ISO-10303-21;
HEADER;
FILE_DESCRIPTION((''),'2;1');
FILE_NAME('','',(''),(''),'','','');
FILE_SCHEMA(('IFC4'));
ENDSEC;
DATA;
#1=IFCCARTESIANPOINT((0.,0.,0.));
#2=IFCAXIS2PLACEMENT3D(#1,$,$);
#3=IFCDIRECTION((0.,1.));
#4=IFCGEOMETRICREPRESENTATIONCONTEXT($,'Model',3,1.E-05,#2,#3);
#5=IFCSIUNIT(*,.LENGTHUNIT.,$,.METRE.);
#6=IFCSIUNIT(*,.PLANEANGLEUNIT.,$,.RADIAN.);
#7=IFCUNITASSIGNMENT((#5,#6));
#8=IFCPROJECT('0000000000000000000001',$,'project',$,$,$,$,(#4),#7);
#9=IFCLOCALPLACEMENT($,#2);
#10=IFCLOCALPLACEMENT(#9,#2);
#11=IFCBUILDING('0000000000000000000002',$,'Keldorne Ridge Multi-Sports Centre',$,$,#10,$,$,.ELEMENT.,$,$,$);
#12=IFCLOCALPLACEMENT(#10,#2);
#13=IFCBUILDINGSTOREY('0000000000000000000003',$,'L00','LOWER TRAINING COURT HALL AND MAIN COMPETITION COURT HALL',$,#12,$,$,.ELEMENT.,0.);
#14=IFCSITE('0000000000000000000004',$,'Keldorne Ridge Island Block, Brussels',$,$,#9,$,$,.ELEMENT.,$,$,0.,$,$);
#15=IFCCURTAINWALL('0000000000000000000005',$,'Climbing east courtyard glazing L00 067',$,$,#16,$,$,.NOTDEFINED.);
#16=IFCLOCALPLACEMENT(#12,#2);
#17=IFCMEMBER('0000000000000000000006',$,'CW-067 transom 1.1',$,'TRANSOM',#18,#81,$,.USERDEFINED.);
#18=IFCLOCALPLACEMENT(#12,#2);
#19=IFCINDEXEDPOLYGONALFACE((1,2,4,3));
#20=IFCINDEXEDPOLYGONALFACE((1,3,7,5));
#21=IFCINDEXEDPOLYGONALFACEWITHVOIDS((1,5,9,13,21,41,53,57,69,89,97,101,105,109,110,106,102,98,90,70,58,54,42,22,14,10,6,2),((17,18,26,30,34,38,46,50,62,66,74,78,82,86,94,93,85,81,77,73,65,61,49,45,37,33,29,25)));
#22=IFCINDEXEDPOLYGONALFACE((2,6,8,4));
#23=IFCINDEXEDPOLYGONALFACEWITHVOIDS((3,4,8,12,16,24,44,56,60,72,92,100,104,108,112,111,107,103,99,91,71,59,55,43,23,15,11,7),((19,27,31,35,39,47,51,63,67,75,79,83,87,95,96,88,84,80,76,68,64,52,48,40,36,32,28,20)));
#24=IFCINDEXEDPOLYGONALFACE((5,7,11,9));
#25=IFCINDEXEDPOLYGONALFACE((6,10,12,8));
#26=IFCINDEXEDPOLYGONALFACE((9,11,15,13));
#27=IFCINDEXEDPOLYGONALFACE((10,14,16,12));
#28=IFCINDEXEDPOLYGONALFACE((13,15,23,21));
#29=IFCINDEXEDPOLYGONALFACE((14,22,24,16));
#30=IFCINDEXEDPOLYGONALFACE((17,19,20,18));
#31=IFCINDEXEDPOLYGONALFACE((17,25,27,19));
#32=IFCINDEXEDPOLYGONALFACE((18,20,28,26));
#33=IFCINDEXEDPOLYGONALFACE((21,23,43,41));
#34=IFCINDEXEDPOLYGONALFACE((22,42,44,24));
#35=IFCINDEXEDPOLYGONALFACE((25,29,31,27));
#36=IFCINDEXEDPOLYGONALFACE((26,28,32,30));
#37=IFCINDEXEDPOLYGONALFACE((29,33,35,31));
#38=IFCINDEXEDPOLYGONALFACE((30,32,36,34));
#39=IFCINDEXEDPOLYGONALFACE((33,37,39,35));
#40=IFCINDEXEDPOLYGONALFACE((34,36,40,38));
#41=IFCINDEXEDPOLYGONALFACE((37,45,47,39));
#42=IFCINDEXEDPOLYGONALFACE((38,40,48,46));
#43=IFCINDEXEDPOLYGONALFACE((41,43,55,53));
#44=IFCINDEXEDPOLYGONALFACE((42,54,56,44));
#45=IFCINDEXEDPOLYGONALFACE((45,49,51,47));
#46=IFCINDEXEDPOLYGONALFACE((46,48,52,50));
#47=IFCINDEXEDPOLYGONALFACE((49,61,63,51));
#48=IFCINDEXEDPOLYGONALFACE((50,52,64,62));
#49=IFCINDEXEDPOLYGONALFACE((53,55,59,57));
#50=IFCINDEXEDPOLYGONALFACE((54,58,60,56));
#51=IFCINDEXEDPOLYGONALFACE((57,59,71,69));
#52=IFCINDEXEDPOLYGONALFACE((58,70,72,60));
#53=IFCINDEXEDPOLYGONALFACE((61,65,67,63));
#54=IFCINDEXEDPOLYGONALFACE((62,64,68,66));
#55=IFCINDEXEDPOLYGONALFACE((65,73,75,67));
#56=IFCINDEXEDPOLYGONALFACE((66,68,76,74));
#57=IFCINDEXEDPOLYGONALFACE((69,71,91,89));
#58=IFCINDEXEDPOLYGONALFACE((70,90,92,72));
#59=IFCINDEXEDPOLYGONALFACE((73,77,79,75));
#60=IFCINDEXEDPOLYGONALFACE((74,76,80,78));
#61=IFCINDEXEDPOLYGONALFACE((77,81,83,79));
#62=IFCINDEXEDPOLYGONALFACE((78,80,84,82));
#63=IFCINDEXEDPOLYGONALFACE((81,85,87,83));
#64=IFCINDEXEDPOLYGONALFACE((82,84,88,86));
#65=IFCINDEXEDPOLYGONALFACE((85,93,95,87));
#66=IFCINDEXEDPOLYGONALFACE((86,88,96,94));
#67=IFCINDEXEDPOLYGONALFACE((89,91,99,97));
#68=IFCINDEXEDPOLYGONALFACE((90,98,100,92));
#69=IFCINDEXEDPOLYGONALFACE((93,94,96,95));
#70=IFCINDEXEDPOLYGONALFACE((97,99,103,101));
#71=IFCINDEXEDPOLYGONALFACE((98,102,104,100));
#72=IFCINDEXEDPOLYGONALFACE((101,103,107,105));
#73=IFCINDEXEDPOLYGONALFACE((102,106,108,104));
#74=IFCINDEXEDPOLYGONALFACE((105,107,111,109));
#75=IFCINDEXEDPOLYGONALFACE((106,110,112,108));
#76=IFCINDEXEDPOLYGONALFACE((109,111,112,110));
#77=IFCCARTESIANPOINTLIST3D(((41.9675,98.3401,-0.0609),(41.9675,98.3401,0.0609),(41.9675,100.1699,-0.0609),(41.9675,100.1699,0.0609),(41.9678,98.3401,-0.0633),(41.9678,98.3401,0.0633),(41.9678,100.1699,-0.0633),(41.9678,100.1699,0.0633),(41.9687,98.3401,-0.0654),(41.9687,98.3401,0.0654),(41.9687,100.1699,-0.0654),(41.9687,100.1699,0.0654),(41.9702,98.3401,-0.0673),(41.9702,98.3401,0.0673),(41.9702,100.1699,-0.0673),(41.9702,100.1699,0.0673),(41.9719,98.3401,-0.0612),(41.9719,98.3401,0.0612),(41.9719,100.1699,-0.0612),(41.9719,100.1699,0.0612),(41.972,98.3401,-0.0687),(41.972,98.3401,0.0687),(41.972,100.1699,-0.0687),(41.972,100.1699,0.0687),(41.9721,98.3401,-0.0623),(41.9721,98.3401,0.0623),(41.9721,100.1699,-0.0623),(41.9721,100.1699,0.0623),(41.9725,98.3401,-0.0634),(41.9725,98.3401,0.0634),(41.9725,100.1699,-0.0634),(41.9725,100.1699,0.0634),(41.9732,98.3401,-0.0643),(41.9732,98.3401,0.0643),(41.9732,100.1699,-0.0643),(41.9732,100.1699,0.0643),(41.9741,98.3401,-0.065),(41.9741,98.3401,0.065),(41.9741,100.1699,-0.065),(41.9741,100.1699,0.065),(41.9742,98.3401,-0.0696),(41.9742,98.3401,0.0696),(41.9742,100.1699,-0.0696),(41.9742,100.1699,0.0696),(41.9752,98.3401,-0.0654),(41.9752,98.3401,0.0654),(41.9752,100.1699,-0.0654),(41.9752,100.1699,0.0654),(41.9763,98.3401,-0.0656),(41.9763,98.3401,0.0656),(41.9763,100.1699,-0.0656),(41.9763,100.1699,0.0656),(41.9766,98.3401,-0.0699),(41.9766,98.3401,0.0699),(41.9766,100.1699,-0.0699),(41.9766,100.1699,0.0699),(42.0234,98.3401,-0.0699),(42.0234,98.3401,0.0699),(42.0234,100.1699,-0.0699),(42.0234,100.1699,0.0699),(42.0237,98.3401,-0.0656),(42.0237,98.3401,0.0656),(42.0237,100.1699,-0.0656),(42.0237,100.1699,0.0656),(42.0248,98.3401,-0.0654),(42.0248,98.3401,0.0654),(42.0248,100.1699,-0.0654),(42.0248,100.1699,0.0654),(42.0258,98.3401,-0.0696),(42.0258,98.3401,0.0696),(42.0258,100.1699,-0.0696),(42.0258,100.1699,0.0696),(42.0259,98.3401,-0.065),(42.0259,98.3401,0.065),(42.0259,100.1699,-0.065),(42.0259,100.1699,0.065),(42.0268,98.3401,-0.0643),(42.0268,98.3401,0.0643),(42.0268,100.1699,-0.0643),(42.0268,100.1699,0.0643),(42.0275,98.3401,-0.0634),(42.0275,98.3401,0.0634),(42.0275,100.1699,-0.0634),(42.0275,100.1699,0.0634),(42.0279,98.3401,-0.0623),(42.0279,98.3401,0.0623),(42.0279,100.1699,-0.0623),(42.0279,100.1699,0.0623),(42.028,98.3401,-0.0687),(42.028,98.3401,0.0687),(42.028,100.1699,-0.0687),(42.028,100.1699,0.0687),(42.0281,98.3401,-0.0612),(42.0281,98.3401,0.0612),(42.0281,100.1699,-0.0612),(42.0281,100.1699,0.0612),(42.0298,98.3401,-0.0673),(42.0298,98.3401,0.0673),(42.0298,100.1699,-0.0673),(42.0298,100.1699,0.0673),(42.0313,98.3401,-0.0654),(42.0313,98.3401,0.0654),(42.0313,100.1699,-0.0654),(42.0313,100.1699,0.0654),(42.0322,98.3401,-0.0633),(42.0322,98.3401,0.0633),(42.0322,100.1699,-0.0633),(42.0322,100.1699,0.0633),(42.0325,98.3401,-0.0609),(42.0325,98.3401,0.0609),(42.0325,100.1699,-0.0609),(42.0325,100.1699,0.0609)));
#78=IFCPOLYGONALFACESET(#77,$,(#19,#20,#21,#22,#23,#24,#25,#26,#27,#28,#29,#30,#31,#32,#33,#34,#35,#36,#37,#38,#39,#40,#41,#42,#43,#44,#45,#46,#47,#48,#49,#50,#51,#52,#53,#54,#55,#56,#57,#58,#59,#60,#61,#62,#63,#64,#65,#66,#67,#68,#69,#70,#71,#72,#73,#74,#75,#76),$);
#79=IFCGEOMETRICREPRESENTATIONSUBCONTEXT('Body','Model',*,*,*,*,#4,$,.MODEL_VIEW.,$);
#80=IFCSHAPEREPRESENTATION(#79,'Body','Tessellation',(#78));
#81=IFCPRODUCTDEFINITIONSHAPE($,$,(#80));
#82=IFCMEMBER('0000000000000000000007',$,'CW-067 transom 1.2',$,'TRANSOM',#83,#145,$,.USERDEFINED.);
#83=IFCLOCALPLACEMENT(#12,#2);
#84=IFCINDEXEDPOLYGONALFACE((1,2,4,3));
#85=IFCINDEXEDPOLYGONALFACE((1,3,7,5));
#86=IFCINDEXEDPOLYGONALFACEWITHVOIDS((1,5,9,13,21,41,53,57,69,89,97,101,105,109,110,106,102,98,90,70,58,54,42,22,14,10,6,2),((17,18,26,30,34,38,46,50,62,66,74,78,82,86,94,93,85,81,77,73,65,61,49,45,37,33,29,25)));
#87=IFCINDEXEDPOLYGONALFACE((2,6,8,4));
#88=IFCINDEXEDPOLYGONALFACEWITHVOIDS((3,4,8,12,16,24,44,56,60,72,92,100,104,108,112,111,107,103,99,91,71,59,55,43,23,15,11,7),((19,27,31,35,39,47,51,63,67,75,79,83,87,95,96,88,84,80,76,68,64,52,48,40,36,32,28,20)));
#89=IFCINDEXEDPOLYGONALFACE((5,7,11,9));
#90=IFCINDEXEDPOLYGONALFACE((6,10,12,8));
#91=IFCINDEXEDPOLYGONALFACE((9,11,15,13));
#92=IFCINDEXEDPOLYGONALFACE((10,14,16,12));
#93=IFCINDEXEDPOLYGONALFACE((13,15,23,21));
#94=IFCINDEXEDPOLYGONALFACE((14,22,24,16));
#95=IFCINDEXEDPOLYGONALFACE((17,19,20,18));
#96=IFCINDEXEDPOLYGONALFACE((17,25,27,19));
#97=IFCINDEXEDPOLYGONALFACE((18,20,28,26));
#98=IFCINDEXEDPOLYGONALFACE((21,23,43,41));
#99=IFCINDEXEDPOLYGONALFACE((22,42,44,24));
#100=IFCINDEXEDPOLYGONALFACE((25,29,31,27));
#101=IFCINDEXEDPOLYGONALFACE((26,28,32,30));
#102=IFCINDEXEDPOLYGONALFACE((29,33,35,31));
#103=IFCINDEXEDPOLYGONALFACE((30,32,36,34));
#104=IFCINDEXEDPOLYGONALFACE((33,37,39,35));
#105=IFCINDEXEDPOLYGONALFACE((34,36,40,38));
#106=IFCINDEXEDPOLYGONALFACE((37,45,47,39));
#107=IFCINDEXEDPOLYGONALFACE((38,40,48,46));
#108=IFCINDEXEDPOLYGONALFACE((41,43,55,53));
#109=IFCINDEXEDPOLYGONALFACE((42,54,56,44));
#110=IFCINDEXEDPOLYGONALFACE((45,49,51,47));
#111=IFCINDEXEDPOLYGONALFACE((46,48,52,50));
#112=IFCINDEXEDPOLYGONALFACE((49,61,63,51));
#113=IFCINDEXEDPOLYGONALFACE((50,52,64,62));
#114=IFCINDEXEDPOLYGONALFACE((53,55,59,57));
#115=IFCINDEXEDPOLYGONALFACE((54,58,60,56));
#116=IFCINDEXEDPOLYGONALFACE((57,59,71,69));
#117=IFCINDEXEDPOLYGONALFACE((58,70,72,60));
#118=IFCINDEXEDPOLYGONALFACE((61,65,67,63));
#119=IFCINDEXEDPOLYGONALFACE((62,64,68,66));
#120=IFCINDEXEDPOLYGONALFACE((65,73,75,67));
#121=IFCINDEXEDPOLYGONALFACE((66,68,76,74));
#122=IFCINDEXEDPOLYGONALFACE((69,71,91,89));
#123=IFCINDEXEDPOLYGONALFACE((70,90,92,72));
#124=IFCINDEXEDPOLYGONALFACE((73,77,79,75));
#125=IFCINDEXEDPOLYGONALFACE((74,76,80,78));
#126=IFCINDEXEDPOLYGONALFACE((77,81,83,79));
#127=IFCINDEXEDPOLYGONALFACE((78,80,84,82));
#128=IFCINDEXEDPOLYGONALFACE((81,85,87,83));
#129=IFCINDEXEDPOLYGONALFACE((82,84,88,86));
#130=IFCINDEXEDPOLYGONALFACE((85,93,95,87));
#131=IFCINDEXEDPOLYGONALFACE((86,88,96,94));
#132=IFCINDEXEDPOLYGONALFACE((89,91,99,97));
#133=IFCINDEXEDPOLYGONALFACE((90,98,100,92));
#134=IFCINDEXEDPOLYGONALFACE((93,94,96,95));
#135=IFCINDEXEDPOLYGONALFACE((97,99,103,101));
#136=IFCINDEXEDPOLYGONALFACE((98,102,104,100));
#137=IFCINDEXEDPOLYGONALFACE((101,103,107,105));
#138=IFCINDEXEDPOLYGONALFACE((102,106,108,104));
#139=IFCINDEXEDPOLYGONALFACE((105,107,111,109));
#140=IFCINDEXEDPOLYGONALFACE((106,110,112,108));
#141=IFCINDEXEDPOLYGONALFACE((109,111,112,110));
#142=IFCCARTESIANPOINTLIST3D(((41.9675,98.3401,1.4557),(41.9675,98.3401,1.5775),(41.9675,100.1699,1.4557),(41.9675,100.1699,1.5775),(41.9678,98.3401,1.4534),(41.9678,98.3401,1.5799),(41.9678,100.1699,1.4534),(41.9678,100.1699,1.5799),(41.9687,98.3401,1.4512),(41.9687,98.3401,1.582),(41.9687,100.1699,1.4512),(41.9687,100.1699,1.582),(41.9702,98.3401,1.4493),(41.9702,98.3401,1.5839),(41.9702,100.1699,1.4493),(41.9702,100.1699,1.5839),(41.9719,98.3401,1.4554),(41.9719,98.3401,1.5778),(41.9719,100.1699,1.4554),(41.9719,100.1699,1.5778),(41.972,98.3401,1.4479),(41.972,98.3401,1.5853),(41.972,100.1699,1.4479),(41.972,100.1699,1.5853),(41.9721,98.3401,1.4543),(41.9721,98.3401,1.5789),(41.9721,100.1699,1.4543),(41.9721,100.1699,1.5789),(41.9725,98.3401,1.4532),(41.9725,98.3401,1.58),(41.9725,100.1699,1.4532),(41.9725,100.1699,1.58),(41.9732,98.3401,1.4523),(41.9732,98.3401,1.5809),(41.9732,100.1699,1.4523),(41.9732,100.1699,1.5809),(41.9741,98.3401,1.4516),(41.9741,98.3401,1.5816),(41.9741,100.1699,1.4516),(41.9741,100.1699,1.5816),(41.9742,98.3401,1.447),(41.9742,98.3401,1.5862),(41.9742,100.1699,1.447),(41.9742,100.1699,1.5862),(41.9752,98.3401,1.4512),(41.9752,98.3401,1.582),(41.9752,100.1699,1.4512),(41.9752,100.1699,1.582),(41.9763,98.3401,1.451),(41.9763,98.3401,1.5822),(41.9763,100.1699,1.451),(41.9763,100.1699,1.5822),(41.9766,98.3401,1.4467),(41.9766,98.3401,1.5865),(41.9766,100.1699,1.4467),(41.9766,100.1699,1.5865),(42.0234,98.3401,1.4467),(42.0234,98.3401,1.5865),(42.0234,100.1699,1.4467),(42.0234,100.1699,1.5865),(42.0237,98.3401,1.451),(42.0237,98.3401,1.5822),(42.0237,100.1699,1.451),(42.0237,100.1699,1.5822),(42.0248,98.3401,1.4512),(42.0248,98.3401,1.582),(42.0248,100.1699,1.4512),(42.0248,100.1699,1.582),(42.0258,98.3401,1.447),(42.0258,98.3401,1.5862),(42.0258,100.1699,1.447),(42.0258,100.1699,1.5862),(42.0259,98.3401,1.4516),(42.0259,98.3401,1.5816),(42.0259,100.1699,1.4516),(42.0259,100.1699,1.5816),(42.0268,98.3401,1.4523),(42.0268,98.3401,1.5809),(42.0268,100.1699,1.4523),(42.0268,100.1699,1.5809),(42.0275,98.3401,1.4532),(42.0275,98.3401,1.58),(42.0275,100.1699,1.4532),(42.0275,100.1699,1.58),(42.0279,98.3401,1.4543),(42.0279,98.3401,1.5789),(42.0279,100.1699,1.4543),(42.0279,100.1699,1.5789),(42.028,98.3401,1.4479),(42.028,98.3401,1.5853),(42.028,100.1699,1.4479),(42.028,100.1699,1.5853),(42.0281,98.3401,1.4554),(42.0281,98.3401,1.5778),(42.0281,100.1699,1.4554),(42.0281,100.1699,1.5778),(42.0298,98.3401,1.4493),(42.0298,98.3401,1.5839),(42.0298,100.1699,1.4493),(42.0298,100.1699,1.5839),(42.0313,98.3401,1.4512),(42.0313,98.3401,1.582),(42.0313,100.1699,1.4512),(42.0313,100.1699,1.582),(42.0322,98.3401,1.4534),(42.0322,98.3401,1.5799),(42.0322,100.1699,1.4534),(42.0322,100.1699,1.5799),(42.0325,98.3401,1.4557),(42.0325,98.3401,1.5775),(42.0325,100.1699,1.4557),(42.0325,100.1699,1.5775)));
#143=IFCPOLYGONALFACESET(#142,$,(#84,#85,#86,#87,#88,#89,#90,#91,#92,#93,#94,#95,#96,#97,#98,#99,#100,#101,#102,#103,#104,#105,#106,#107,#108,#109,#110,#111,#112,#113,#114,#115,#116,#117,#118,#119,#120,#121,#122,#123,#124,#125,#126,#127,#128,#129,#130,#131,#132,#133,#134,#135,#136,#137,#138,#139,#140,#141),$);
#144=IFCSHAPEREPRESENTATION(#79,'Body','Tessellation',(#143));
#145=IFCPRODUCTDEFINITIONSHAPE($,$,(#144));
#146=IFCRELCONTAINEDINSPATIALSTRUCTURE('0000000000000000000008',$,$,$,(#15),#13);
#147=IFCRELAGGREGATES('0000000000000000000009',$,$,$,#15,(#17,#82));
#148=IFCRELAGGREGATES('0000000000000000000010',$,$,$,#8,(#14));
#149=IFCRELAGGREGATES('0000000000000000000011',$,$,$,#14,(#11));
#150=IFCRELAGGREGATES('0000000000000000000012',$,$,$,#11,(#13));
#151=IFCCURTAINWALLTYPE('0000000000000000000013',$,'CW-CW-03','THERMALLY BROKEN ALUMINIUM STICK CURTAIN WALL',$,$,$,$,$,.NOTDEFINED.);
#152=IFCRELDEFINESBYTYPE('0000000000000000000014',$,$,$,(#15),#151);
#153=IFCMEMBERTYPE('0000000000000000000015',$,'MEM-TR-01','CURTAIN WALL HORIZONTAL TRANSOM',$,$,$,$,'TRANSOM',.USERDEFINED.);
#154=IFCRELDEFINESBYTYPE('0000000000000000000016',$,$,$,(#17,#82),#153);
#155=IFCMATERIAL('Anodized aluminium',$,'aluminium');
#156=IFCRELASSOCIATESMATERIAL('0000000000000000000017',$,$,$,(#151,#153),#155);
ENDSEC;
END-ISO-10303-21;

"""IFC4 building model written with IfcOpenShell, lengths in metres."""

from ifc_helpers import new_model, si_unit, direction, frame, origin, origin_2d, place, context, subcontext, project, spatial, hollow_rectangle, extrude, material, material_profile, profile_set, type_object, element, aggregate, save


model = new_model("IFC4")

# Units and contexts
model_context = context("Model", 3, precision=1e-05, world=origin(), true_north=direction((0.0, 1.0)))
body_context = subcontext(model_context, "Body", "Model", "MODEL_VIEW")
ifc_project = project(units=[si_unit("LENGTHUNIT", "METRE"), si_unit("PLANEANGLEUNIT", "RADIAN")], contexts=[model_context])

# Site, building, storey
site_placement = place(None, origin())
site = spatial("IfcSite", under=ifc_project, at=site_placement, Name="Keldorne Ridge Island Block, Brussels", CompositionType="ELEMENT", RefElevation=0.0)
building_placement = place(site_placement, origin())
building = spatial("IfcBuilding", under=site, at=building_placement, Name="Keldorne Ridge Multi-Sports Centre", CompositionType="ELEMENT")
storey_placement = place(building_placement, origin())
storey = spatial("IfcBuildingStorey", under=building, at=storey_placement, Name="L00", Description="LOWER TRAINING COURT HALL AND MAIN COMPETITION COURT HALL", CompositionType="ELEMENT", Elevation=0.0)

# Shared definitions
ifc_material_1 = material(Name="Anodized aluminium", Category="aluminium")

# Curtain wall, members
curtain_wall_type_1 = type_object("IfcCurtainWallType", Name="CW-CW-03", Description="THERMALLY BROKEN ALUMINIUM STICK CURTAIN WALL", PredefinedType="NOTDEFINED", material=ifc_material_1)
curtain_wall_1_placement = place(storey_placement, origin())
curtain_wall_1 = element("IfcCurtainWall", 1, at=curtain_wall_1_placement, inside=storey, type_object=curtain_wall_type_1, Name="Climbing east courtyard glazing L00 067", PredefinedType="NOTDEFINED")
ifc_material_profile_1 = material_profile(ifc_material_1, hollow_rectangle(XDim=0.0649, YDim=0.1399, WallThickness=0.0044, InnerFilletRadius=0.0044, OuterFilletRadius=0.009, at=origin_2d()), Name="ALU TRANSOM 140x65x4.5")
ifc_profile_set_1 = profile_set([ifc_material_profile_1], Name="Anodized aluminium")
member_type_1 = type_object("IfcMemberType", Name="MEM-TR-01", Description="CURTAIN WALL HORIZONTAL TRANSOM", ElementType="TRANSOM", PredefinedType="USERDEFINED", material=ifc_profile_set_1)
member_1_placement = place(storey_placement, frame((42.0, 98.3401, 0.0), z_axis=(0.0, 1.0, 0.0), x_axis=(-1.0, 0.0, 0.0)))
member_1 = element("IfcMember", 2, at=member_1_placement, type_object=member_type_1, Name="CW-067 transom 1.1", ObjectType="TRANSOM", PredefinedType="USERDEFINED", context=body_context, shape_type="SweptSolid", body=[
    extrude(hollow_rectangle(XDim=0.0649, YDim=0.1399, WallThickness=0.0044, InnerFilletRadius=0.0044, OuterFilletRadius=0.009, at=origin_2d()), origin(), (0.0, 0.0, 1.0), 1.8298),
])
member_2_placement = place(storey_placement, frame((42.0, 98.3401, 1.5166), z_axis=(0.0, 1.0, 0.0), x_axis=(-1.0, 0.0, 0.0)))
member_2 = element("IfcMember", 3, at=member_2_placement, type_object=member_type_1, Name="CW-067 transom 1.2", ObjectType="TRANSOM", PredefinedType="USERDEFINED", context=body_context, shape_type="SweptSolid", body=[
    extrude(hollow_rectangle(XDim=0.0649, YDim=0.1399, WallThickness=0.0044, InnerFilletRadius=0.0044, OuterFilletRadius=0.009, at=origin_2d()), origin(), (0.0, 0.0, 1.0), 1.8298),
])

aggregate(curtain_wall_1, [member_1, member_2])

save(model, "model.ifc")
